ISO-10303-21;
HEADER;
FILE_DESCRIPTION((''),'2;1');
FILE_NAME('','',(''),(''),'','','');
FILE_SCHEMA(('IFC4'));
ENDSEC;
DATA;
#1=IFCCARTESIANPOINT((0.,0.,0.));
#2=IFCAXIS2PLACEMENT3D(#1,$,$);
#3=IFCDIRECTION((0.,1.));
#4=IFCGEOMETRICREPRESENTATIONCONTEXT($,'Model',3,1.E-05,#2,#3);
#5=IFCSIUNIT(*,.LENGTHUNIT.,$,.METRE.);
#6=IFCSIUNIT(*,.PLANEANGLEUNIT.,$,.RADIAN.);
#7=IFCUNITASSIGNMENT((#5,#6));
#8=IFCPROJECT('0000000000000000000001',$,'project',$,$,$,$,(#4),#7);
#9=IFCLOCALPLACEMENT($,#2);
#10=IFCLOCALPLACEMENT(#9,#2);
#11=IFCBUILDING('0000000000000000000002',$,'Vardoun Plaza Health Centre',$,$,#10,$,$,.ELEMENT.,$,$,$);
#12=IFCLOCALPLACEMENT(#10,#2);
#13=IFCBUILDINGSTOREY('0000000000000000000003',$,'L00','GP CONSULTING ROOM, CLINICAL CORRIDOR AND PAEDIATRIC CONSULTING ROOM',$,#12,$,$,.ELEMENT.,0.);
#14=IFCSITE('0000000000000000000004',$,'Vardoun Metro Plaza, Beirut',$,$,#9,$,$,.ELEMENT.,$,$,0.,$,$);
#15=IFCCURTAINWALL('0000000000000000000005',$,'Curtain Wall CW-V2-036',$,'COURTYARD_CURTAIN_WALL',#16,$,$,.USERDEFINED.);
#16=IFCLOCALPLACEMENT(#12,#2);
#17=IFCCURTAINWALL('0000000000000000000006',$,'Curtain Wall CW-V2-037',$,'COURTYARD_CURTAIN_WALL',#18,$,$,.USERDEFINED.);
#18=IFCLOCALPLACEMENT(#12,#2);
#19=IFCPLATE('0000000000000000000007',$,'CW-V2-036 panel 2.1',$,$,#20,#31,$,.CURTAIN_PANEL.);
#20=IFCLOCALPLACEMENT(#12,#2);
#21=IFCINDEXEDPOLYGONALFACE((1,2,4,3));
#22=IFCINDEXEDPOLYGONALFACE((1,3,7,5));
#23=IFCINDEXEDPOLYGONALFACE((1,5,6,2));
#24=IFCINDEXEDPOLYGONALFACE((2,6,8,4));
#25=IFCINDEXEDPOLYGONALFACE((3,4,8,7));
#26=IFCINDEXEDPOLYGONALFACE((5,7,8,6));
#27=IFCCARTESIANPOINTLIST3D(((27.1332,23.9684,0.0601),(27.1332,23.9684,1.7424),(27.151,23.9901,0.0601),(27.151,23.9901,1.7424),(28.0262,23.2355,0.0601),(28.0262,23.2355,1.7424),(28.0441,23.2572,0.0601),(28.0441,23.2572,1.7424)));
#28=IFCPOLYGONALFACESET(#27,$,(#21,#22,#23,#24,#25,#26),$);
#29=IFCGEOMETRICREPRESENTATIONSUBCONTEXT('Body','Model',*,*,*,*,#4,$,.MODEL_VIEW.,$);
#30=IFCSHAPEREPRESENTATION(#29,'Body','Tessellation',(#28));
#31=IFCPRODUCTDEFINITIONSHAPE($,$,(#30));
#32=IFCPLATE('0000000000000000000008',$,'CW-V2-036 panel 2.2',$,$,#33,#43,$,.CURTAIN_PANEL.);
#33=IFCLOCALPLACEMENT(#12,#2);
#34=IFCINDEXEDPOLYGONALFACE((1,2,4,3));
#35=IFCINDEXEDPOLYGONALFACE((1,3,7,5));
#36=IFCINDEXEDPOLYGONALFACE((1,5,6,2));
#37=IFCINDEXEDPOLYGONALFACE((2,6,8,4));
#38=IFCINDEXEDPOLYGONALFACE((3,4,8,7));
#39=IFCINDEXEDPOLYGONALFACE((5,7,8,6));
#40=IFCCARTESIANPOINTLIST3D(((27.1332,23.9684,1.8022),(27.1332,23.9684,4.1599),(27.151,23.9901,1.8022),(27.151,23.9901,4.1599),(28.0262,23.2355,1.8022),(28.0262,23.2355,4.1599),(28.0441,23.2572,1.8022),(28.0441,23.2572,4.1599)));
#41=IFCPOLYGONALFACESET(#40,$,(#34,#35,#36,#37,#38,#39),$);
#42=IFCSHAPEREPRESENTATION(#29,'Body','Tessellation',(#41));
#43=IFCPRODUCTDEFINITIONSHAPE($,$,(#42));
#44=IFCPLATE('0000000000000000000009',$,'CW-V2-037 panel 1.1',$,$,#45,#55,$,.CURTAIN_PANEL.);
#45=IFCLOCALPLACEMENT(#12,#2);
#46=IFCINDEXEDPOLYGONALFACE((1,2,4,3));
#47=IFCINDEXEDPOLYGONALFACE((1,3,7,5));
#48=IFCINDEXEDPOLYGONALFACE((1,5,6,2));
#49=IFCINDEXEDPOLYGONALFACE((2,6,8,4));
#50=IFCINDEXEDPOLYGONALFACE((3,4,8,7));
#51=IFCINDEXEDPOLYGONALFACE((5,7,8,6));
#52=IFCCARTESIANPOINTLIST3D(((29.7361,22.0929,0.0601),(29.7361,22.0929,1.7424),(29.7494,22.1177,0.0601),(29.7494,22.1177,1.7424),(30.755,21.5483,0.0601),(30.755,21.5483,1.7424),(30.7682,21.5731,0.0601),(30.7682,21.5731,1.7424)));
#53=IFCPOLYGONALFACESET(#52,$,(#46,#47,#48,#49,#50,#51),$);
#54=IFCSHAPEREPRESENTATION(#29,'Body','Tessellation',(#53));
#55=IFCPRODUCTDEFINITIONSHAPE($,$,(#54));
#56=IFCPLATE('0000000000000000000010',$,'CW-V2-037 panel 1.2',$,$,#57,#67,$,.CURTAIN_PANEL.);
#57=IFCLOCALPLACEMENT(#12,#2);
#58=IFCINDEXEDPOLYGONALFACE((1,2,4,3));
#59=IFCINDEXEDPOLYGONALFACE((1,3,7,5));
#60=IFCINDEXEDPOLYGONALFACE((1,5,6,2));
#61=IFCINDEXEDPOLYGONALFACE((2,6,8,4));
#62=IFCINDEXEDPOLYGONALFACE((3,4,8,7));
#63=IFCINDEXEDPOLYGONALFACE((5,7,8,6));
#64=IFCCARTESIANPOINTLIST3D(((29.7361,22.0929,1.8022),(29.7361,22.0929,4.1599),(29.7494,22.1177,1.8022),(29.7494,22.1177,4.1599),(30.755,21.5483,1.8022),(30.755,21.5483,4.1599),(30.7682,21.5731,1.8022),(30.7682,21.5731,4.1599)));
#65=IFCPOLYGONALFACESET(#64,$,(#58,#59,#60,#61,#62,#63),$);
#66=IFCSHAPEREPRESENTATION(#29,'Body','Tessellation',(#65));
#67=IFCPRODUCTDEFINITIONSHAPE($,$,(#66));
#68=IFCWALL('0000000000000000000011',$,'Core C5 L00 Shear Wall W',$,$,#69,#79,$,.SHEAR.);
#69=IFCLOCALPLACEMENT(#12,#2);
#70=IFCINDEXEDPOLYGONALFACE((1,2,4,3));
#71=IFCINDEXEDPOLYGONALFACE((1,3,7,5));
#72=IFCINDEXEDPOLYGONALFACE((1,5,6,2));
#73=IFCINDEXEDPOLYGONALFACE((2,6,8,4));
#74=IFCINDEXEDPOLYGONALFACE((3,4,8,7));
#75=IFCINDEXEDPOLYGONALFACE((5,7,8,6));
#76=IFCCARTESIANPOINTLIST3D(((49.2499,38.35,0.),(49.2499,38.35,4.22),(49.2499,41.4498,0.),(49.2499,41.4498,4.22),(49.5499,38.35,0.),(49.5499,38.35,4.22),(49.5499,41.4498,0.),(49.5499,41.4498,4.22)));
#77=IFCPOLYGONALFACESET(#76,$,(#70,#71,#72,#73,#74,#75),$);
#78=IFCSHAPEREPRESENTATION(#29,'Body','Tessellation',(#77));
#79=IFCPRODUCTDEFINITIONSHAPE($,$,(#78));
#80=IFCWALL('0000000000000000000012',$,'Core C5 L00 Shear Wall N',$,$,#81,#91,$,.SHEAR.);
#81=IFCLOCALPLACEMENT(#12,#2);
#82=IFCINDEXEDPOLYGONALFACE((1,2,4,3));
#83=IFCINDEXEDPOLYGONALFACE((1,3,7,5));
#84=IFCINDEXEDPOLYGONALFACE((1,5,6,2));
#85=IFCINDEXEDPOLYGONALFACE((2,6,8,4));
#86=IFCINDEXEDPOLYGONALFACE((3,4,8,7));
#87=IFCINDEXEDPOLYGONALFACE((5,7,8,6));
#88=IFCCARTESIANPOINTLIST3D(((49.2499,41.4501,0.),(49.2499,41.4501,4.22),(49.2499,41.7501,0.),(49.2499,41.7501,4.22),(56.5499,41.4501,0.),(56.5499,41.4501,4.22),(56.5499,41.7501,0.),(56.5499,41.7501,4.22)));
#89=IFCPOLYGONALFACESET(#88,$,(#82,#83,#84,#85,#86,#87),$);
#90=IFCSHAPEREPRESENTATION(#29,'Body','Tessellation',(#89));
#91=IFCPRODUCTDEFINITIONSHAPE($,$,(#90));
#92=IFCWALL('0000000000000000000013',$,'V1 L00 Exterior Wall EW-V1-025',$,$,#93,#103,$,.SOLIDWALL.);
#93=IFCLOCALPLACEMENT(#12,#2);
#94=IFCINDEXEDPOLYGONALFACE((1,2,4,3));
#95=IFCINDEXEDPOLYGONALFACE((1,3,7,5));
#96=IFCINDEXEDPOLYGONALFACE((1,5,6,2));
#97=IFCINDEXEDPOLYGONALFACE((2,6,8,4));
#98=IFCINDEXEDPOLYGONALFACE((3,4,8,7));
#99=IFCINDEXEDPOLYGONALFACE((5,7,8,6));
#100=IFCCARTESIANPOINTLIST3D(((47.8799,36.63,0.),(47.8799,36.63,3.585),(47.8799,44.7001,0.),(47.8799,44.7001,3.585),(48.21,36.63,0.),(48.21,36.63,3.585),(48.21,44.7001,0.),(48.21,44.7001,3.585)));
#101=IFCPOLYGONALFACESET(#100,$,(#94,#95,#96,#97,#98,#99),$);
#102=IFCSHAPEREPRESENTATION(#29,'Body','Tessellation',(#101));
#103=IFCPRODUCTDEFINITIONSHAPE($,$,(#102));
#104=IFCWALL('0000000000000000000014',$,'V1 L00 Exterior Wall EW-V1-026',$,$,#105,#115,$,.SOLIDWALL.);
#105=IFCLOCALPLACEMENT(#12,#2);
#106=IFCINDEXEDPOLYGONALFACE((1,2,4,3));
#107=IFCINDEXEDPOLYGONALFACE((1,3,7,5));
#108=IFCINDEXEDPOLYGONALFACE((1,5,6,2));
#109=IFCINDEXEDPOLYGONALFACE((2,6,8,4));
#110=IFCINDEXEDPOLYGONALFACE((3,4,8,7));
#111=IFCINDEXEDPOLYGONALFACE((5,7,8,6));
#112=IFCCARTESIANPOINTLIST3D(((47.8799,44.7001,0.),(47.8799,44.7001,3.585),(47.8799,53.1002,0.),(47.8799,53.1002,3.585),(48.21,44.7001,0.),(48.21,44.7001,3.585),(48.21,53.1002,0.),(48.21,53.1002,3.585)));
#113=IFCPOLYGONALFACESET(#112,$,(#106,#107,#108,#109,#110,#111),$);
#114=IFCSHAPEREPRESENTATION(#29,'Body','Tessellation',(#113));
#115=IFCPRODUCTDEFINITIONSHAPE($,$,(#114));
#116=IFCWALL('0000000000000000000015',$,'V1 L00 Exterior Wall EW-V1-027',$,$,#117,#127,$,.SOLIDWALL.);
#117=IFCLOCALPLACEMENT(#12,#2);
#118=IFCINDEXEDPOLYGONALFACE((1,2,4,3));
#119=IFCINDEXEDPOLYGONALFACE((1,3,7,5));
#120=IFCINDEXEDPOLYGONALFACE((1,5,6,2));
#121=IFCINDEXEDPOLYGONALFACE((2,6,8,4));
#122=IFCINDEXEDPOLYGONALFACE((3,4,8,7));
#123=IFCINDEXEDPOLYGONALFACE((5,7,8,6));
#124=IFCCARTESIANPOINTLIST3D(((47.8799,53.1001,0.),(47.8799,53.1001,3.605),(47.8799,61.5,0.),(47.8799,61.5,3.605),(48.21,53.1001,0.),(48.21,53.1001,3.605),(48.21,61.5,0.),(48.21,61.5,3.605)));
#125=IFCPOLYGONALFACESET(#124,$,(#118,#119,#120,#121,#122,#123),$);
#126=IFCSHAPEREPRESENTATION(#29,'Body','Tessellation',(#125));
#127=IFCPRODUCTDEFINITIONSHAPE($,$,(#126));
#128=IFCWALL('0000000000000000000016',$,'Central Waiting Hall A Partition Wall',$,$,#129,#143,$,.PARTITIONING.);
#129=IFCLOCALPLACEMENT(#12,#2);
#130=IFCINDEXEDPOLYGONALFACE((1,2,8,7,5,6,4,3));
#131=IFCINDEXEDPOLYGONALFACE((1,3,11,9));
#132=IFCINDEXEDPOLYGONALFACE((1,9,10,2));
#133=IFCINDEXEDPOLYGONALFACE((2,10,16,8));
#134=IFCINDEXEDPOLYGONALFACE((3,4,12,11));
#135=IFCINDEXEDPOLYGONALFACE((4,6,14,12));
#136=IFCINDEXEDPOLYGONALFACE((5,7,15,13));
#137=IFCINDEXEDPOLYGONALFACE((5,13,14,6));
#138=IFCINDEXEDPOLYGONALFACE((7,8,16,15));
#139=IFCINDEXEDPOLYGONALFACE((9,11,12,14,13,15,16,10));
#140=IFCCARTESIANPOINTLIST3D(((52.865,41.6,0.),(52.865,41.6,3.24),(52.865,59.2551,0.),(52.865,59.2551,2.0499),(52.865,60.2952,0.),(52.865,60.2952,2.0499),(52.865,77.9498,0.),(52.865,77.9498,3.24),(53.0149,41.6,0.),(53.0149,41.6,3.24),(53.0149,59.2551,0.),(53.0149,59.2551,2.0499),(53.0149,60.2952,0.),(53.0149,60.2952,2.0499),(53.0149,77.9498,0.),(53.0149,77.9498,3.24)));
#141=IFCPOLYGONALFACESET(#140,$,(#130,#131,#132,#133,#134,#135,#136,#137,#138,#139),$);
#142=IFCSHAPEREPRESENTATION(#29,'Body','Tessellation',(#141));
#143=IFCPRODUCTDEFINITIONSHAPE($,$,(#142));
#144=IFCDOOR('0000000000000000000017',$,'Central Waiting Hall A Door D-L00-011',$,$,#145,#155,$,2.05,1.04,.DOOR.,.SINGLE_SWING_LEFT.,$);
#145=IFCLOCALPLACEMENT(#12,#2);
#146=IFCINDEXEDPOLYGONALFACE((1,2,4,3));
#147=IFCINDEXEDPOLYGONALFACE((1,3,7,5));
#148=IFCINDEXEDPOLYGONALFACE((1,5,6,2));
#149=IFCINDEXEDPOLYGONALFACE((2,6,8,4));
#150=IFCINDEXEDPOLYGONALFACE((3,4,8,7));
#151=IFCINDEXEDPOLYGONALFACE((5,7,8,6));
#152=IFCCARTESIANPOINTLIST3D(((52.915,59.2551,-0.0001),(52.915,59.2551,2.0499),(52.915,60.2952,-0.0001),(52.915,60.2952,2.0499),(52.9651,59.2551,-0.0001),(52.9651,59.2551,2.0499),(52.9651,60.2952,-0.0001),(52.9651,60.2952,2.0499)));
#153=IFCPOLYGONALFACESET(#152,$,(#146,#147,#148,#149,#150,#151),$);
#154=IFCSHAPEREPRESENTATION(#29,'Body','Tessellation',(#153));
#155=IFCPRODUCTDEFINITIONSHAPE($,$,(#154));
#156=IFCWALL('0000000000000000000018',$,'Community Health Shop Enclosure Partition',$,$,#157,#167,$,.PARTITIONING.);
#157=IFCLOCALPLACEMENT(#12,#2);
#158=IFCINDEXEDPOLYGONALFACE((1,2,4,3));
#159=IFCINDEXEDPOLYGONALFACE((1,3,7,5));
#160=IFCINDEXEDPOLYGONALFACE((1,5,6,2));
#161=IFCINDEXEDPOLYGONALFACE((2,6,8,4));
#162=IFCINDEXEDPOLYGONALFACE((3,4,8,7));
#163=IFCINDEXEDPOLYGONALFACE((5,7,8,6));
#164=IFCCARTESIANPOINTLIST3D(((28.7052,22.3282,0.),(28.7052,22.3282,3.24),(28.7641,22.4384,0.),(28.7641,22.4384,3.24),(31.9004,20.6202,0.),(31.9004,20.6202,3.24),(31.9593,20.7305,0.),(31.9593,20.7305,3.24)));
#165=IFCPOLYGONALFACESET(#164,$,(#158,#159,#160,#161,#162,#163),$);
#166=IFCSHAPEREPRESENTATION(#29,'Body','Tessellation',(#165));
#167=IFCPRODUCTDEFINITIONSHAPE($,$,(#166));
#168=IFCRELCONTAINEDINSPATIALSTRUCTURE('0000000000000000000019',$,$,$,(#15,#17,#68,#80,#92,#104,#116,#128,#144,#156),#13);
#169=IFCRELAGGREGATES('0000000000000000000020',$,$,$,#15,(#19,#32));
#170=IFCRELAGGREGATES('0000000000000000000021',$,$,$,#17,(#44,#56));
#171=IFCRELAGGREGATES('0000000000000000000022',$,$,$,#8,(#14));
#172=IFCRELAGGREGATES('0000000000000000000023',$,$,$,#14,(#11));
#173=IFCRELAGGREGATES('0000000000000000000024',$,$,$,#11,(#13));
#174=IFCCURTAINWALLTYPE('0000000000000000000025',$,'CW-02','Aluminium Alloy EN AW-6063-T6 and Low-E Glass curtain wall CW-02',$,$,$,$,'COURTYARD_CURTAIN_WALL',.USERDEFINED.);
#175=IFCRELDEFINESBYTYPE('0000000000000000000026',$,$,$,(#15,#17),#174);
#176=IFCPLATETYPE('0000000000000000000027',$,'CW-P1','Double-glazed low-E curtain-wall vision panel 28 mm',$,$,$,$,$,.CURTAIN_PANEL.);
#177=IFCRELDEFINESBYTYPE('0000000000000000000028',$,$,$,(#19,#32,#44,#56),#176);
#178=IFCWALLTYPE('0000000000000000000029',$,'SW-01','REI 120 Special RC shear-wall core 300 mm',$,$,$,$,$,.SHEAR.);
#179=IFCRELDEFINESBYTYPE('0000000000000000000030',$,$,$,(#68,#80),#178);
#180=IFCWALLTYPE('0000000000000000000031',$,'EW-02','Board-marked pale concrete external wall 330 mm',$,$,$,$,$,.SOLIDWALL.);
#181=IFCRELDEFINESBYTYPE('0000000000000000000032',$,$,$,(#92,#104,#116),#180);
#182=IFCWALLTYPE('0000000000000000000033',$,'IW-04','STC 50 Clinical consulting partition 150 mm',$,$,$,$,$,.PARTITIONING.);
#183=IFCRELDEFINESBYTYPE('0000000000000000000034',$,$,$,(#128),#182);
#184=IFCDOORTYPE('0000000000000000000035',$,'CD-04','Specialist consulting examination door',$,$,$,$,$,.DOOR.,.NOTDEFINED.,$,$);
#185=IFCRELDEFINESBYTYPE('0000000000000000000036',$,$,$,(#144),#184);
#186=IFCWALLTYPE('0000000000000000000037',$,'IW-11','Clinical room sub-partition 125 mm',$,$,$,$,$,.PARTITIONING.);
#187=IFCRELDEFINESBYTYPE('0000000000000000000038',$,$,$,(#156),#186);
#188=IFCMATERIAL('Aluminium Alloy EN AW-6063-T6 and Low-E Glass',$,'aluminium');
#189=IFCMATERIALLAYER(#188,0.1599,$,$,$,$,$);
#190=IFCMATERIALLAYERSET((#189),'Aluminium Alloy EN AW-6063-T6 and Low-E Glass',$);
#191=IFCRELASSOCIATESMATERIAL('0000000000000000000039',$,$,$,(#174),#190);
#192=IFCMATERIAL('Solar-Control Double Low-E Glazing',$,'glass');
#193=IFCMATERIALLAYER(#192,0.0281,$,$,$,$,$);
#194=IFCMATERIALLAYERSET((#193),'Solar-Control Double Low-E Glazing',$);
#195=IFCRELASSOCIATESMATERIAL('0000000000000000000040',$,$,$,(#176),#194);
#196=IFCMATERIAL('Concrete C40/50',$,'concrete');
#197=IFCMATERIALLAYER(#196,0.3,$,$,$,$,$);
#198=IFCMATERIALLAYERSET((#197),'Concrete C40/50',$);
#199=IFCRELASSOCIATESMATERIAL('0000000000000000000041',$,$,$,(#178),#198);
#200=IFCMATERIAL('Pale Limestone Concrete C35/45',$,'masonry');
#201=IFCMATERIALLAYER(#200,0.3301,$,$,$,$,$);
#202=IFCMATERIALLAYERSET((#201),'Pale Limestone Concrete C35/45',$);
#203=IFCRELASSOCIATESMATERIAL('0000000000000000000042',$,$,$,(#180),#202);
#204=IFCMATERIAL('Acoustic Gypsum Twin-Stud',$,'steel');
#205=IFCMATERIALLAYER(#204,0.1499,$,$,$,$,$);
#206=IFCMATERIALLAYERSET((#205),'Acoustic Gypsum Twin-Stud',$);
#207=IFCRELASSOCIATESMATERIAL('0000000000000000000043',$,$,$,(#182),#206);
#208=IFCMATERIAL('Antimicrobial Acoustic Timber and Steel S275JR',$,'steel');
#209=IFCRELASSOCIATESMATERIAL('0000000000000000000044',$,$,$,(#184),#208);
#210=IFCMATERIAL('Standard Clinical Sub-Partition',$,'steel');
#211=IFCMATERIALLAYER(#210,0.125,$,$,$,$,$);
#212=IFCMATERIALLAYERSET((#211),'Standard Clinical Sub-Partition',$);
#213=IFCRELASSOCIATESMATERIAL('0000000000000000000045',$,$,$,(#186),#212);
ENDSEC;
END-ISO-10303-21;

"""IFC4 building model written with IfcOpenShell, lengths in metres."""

from ifc_helpers import new_model, si_unit, direction, frame, frame_2d, origin, origin_2d, place, context, subcontext, project, spatial, rectangle, extrude, material, layer, layer_set, type_object, element, fill, aggregate, save


model = new_model("IFC4")

# Units and contexts
model_context = context("Model", 3, precision=1e-05, world=origin(), true_north=direction((0.0, 1.0)))
body_context = subcontext(model_context, "Body", "Model", "MODEL_VIEW")
ifc_project = project(units=[si_unit("LENGTHUNIT", "METRE"), si_unit("PLANEANGLEUNIT", "RADIAN")], contexts=[model_context])

# Site, building, storey
site_placement = place(None, origin())
site = spatial("IfcSite", under=ifc_project, at=site_placement, Name="Vardoun Metro Plaza, Beirut", CompositionType="ELEMENT", RefElevation=0.0)
building_placement = place(site_placement, origin())
building = spatial("IfcBuilding", under=site, at=building_placement, Name="Vardoun Plaza Health Centre", CompositionType="ELEMENT")
storey_placement = place(building_placement, origin())
storey = spatial("IfcBuildingStorey", under=building, at=storey_placement, Name="L00", Description="GP CONSULTING ROOM, CLINICAL CORRIDOR AND PAEDIATRIC CONSULTING ROOM", CompositionType="ELEMENT", Elevation=0.0)

# Curtain wall
ifc_material_1 = material(Name="Aluminium Alloy EN AW-6063-T6 and Low-E Glass", Category="aluminium")
ifc_layer_1 = layer(ifc_material_1, 0.1599)
ifc_layer_set_1 = layer_set([ifc_layer_1], Name="Aluminium Alloy EN AW-6063-T6 and Low-E Glass")
curtain_wall_type = type_object("IfcCurtainWallType", Name="CW-02", Description="Aluminium Alloy EN AW-6063-T6 and Low-E Glass curtain wall CW-02", ElementType="COURTYARD_CURTAIN_WALL", PredefinedType="USERDEFINED", material=ifc_layer_set_1)
curtain_wall_1_placement = place(storey_placement, origin())
curtain_wall_1 = element("IfcCurtainWall", 1, at=curtain_wall_1_placement, inside=storey, type_object=curtain_wall_type, Name="Curtain Wall CW-V2-036", ObjectType="COURTYARD_CURTAIN_WALL", PredefinedType="USERDEFINED")

# Curtain wall
curtain_wall_2_placement = place(storey_placement, origin())
curtain_wall_2 = element("IfcCurtainWall", 2, at=curtain_wall_2_placement, inside=storey, type_object=curtain_wall_type, Name="Curtain Wall CW-V2-037", ObjectType="COURTYARD_CURTAIN_WALL", PredefinedType="USERDEFINED")

# Plates
ifc_material_2 = material(Name="Solar-Control Double Low-E Glazing", Category="glass")
ifc_layer_2 = layer(ifc_material_2, 0.0281)
ifc_layer_set_2 = layer_set([ifc_layer_2], Name="Solar-Control Double Low-E Glazing")
plate_type = type_object("IfcPlateType", Name="CW-P1", Description="Double-glazed low-E curtain-wall vision panel 28 mm", PredefinedType="CURTAIN_PANEL", material=ifc_layer_set_2)
plate_1_placement = place(storey_placement, frame((27.5886, 23.6128, 0.0601), z_axis=(0.0, 0.0, 1.0), x_axis=(0.773017, -0.634385, 0.0)))
plate_1 = element("IfcPlate", 3, at=plate_1_placement, type_object=plate_type, Name="CW-V2-036 panel 2.1", PredefinedType="CURTAIN_PANEL", context=body_context, shape_type="SweptSolid", body=[
    extrude(rectangle(XDim=1.1553, YDim=0.0281, at=origin_2d()), origin(), (0.0, 0.0, 1.0), 1.6824),
])
plate_2_placement = place(storey_placement, frame((27.5886, 23.6128, 1.8022), z_axis=(0.0, 0.0, 1.0), x_axis=(0.773017, -0.634385, 0.0)))
plate_2 = element("IfcPlate", 4, at=plate_2_placement, type_object=plate_type, Name="CW-V2-036 panel 2.2", PredefinedType="CURTAIN_PANEL", context=body_context, shape_type="SweptSolid", body=[
    extrude(rectangle(XDim=1.1553, YDim=0.0281, at=origin_2d()), origin(), (0.0, 0.0, 1.0), 2.3577),
])
aggregate(curtain_wall_1, [plate_1, plate_2])
plate_3_placement = place(storey_placement, frame((30.2522, 21.833, 0.0601), z_axis=(0.0, 0.0, 1.0), x_axis=(0.881922, -0.471395, 0.0)))
plate_3 = element("IfcPlate", 5, at=plate_3_placement, type_object=plate_type, Name="CW-V2-037 panel 1.1", PredefinedType="CURTAIN_PANEL", context=body_context, shape_type="SweptSolid", body=[
    extrude(rectangle(XDim=1.1553, YDim=0.0281, at=origin_2d()), origin(), (0.0, 0.0, 1.0), 1.6824),
])
plate_4_placement = place(storey_placement, frame((30.2522, 21.833, 1.8022), z_axis=(0.0, 0.0, 1.0), x_axis=(0.881922, -0.471395, 0.0)))
plate_4 = element("IfcPlate", 6, at=plate_4_placement, type_object=plate_type, Name="CW-V2-037 panel 1.2", PredefinedType="CURTAIN_PANEL", context=body_context, shape_type="SweptSolid", body=[
    extrude(rectangle(XDim=1.1553, YDim=0.0281, at=origin_2d()), origin(), (0.0, 0.0, 1.0), 2.3577),
])
aggregate(curtain_wall_2, [plate_3, plate_4])

# Walls
ifc_material_3 = material(Name="Concrete C40/50", Category="concrete")
ifc_layer_3 = layer(ifc_material_3, 0.3)
ifc_layer_set_3 = layer_set([ifc_layer_3], Name="Concrete C40/50")
wall_type_1 = type_object("IfcWallType", Name="SW-01", Description="REI 120 Special RC shear-wall core 300 mm", PredefinedType="SHEAR", material=ifc_layer_set_3)
wall_1_placement = place(storey_placement, frame((49.3999, 38.3501, 0.0), z_axis=(0.0, 0.0, 1.0), x_axis=(0.0, 1.0, 0.0)))
element("IfcWall", 7, at=wall_1_placement, inside=storey, type_object=wall_type_1, Name="Core C5 L00 Shear Wall W", PredefinedType="SHEAR", context=body_context, shape_type="SweptSolid", body=[
    extrude(rectangle(XDim=3.0999, YDim=0.3, at=frame_2d((1.5498, 0.0))), origin(), (0.0, 0.0, 1.0), 4.22),
])
wall_2_placement = place(storey_placement, frame((49.25, 41.6001, 0.0), z_axis=(0.0, 0.0, 1.0), x_axis=(1.0, 0.0, 0.0)))
element("IfcWall", 8, at=wall_2_placement, inside=storey, type_object=wall_type_1, Name="Core C5 L00 Shear Wall N", PredefinedType="SHEAR", context=body_context, shape_type="SweptSolid", body=[
    extrude(rectangle(XDim=7.3, YDim=0.3, at=frame_2d((3.6499, 0.0))), origin(), (0.0, 0.0, 1.0), 4.22),
])
ifc_material_4 = material(Name="Pale Limestone Concrete C35/45", Category="masonry")
ifc_layer_4 = layer(ifc_material_4, 0.3301)
ifc_layer_set_4 = layer_set([ifc_layer_4], Name="Pale Limestone Concrete C35/45")
wall_type_2 = type_object("IfcWallType", Name="EW-02", Description="Board-marked pale concrete external wall 330 mm", PredefinedType="SOLIDWALL", material=ifc_layer_set_4)
wall_3_placement = place(storey_placement, frame((48.0449, 36.6299, 0.0), z_axis=(0.0, 0.0, 1.0), x_axis=(0.0, 1.0, 0.0)))
element("IfcWall", 9, at=wall_3_placement, inside=storey, type_object=wall_type_2, Name="V1 L00 Exterior Wall EW-V1-025", PredefinedType="SOLIDWALL", context=body_context, shape_type="SweptSolid", body=[
    extrude(rectangle(XDim=8.0701, YDim=0.3301, at=frame_2d((4.0352, 0.0))), origin(), (0.0, 0.0, 1.0), 3.585),
])
wall_4_placement = place(storey_placement, frame((48.0449, 44.7, 0.0), z_axis=(0.0, 0.0, 1.0), x_axis=(0.0, 1.0, 0.0)))
element("IfcWall", 10, at=wall_4_placement, inside=storey, type_object=wall_type_2, Name="V1 L00 Exterior Wall EW-V1-026", PredefinedType="SOLIDWALL", context=body_context, shape_type="SweptSolid", body=[
    extrude(rectangle(XDim=8.4001, YDim=0.3301, at=frame_2d((4.2002, 0.0))), origin(), (0.0, 0.0, 1.0), 3.585),
])
wall_5_placement = place(storey_placement, frame((48.0449, 53.1001, 0.0), z_axis=(0.0, 0.0, 1.0), x_axis=(0.0, 1.0, 0.0)))
element("IfcWall", 11, at=wall_5_placement, inside=storey, type_object=wall_type_2, Name="V1 L00 Exterior Wall EW-V1-027", PredefinedType="SOLIDWALL", context=body_context, shape_type="SweptSolid", body=[
    extrude(rectangle(XDim=8.3999, YDim=0.3301, at=frame_2d((4.2, 0.0))), origin(), (0.0, 0.0, 1.0), 3.605),
])

# Wall, opening, door
ifc_material_5 = material(Name="Acoustic Gypsum Twin-Stud", Category="steel")
ifc_layer_5 = layer(ifc_material_5, 0.1499)
ifc_layer_set_5 = layer_set([ifc_layer_5], Name="Acoustic Gypsum Twin-Stud")
wall_type_3 = type_object("IfcWallType", Name="IW-04", Description="STC 50 Clinical consulting partition 150 mm", PredefinedType="PARTITIONING", material=ifc_layer_set_5)
wall_6_placement = place(storey_placement, frame((52.9399, 41.6001, 0.0), z_axis=(0.0, 0.0, 1.0), x_axis=(0.0, 1.0, 0.0)))
wall_6 = element("IfcWall", 12, at=wall_6_placement, inside=storey, type_object=wall_type_3, Name="Central Waiting Hall A Partition Wall", PredefinedType="PARTITIONING", context=body_context, shape_type="SweptSolid", body=[
    extrude(rectangle(XDim=36.3499, YDim=0.1499, at=frame_2d((18.1748, 0.0))), origin(), (0.0, 0.0, 1.0), 3.24),
])
opening_placement = place(wall_6_placement, frame((17.655, 0.0, 0.0)))
opening = element("IfcOpeningElement", 13, at=opening_placement, cuts=wall_6, PredefinedType="OPENING", context=body_context, shape_type="SweptSolid", body=[
    extrude(rectangle(XDim=1.04, YDim=2.05, at=frame_2d((0.52, 1.0249))), frame((0.0, 0.075, 0.0), z_axis=(0.0, -1.0, 0.0), x_axis=(1.0, 0.0, 0.0)), (0.0, 0.0, 1.0), 0.1499),
])
ifc_material_6 = material(Name="Antimicrobial Acoustic Timber and Steel S275JR", Category="steel")
door_type = type_object("IfcDoorType", Name="CD-04", Description="Specialist consulting examination door", OperationType="NOTDEFINED", PredefinedType="DOOR", material=ifc_material_6)
door_placement = place(opening_placement, origin())
door = element("IfcDoor", 14, at=door_placement, inside=storey, type_object=door_type, Name="Central Waiting Hall A Door D-L00-011", OperationType="SINGLE_SWING_LEFT", OverallHeight=2.05, OverallWidth=1.04, PredefinedType="DOOR", context=body_context, shape_type="SweptSolid", body=[
    extrude(rectangle(XDim=1.04, YDim=2.05, at=frame_2d((0.52, 1.0249))), frame((0.0, 0.0249, 0.0), z_axis=(0.0, -1.0, 0.0), x_axis=(1.0, 0.0, 0.0)), (0.0, 0.0, 1.0), 0.05),
])
fill(opening, door)

# Wall
ifc_material_7 = material(Name="Standard Clinical Sub-Partition", Category="steel")
ifc_layer_6 = layer(ifc_material_7, 0.125)
ifc_layer_set_6 = layer_set([ifc_layer_6], Name="Standard Clinical Sub-Partition")
wall_type_4 = type_object("IfcWallType", Name="IW-11", Description="Clinical room sub-partition 125 mm", PredefinedType="PARTITIONING", material=ifc_layer_set_6)
wall_7_placement = place(storey_placement, frame((28.7346, 22.3833, 0.0), z_axis=(0.0, 0.0, 1.0), x_axis=(0.881912, -0.471413, 0.0)))
element("IfcWall", 15, at=wall_7_placement, inside=storey, type_object=wall_type_4, Name="Community Health Shop Enclosure Partition", PredefinedType="PARTITIONING", context=body_context, shape_type="SweptSolid", body=[
    extrude(rectangle(XDim=3.623, YDim=0.125, at=frame_2d((1.8115, 0.0))), origin(), (0.0, 0.0, 1.0), 3.24),
])

save(model, "model.ifc")
